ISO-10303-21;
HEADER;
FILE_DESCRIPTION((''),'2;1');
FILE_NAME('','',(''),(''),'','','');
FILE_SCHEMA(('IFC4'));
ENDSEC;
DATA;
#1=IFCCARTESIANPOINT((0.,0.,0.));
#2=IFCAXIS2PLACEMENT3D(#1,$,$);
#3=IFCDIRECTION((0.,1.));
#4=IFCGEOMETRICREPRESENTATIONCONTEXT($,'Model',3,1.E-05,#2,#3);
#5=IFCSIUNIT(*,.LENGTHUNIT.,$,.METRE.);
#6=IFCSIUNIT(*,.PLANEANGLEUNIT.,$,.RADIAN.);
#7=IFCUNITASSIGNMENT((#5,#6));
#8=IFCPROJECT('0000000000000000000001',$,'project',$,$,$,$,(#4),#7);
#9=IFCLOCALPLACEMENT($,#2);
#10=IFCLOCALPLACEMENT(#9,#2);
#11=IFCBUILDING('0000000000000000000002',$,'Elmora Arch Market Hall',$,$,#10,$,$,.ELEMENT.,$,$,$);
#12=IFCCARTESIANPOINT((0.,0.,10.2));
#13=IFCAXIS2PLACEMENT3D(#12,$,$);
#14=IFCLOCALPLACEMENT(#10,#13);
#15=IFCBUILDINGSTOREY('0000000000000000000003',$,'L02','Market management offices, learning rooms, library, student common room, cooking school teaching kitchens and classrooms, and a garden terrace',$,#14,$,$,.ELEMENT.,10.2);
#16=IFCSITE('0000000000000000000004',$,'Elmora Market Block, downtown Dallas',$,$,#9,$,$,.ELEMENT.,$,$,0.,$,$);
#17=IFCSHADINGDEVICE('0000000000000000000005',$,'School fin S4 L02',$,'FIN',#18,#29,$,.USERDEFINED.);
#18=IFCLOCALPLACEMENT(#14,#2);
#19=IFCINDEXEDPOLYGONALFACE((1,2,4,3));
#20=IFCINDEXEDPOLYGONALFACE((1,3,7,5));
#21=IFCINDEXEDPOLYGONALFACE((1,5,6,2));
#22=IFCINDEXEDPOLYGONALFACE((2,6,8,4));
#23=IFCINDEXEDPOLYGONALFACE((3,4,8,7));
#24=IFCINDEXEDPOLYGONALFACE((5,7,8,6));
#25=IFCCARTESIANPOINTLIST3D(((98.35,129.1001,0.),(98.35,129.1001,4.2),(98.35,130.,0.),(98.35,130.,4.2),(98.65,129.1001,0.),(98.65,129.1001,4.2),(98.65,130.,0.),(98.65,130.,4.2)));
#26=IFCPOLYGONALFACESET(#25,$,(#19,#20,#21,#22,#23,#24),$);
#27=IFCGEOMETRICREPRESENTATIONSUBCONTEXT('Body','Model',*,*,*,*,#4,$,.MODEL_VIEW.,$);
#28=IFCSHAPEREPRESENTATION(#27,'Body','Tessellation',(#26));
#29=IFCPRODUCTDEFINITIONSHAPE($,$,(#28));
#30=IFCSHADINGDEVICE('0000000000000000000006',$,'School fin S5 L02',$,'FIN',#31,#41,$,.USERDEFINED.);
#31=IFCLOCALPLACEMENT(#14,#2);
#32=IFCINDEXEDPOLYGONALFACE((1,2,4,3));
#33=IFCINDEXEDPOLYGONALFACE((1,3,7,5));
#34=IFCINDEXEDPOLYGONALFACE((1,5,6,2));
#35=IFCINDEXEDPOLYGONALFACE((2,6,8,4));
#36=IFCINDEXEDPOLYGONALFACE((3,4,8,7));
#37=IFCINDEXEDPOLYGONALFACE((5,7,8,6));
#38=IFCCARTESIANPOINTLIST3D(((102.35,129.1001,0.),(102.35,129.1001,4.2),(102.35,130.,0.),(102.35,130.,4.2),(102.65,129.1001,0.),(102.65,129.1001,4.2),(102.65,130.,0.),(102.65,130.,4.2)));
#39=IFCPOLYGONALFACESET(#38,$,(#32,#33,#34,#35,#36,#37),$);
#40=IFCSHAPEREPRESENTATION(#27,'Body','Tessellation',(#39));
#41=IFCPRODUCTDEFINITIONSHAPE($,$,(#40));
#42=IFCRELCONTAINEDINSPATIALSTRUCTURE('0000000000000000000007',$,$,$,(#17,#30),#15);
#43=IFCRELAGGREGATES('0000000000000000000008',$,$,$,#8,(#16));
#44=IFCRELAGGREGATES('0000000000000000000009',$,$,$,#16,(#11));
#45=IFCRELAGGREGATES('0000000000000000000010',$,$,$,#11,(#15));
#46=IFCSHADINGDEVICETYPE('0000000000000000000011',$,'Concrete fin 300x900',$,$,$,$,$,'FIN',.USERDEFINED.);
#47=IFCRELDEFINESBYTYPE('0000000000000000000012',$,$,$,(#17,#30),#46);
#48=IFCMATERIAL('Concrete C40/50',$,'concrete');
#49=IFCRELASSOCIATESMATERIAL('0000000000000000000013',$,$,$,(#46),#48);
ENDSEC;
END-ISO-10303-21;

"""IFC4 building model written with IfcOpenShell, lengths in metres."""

from ifc_helpers import new_model, si_unit, direction, frame, origin, origin_2d, place, context, subcontext, project, spatial, rectangle, extrude, material, type_object, element, save


model = new_model("IFC4")

# Units and contexts
model_context = context("Model", 3, precision=1e-05, world=origin(), true_north=direction((0.0, 1.0)))
body_context = subcontext(model_context, "Body", "Model", "MODEL_VIEW")
ifc_project = project(units=[si_unit("LENGTHUNIT", "METRE"), si_unit("PLANEANGLEUNIT", "RADIAN")], contexts=[model_context])

# Site, building, storey
site_placement = place(None, origin())
site = spatial("IfcSite", under=ifc_project, at=site_placement, Name="Elmora Market Block, downtown Dallas", CompositionType="ELEMENT", RefElevation=0.0)
building_placement = place(site_placement, origin())
building = spatial("IfcBuilding", under=site, at=building_placement, Name="Elmora Arch Market Hall", CompositionType="ELEMENT")
storey_placement = place(building_placement, frame((0.0, 0.0, 10.2)))
storey = spatial("IfcBuildingStorey", under=building, at=storey_placement, Name="L02", Description="Market management offices, learning rooms, library, student common room, cooking school teaching kitchens and classrooms, and a garden terrace", CompositionType="ELEMENT", Elevation=10.2)

# Shading devices
ifc_material_1 = material(Name="Concrete C40/50", Category="concrete")
shading_device_type_1 = type_object("IfcShadingDeviceType", Name="Concrete fin 300x900", ElementType="FIN", PredefinedType="USERDEFINED", material=ifc_material_1)
for number, where, z_axis, x_axis, name in (
    (1, (98.5, 129.55, 0.0), (0.0, 0.0, 1.0), (1.0, 0.0, 0.0), "School fin S4 L02"),
    (2, (102.5, 129.55, 0.0), (0.0, 0.0, 1.0), (1.0, 0.0, 0.0), "School fin S5 L02"),
):
    element("IfcShadingDevice", number, at=place(storey_placement, frame(where, z_axis=z_axis, x_axis=x_axis)), inside=storey, type_object=shading_device_type_1, Name=name, ObjectType="FIN", PredefinedType="USERDEFINED", context=body_context, shape_type="SweptSolid", body=[
        extrude(rectangle(XDim=0.3, YDim=0.8999, at=origin_2d()), origin(), (0.0, 0.0, 1.0), 4.2),
    ])

save(model, "model.ifc")
